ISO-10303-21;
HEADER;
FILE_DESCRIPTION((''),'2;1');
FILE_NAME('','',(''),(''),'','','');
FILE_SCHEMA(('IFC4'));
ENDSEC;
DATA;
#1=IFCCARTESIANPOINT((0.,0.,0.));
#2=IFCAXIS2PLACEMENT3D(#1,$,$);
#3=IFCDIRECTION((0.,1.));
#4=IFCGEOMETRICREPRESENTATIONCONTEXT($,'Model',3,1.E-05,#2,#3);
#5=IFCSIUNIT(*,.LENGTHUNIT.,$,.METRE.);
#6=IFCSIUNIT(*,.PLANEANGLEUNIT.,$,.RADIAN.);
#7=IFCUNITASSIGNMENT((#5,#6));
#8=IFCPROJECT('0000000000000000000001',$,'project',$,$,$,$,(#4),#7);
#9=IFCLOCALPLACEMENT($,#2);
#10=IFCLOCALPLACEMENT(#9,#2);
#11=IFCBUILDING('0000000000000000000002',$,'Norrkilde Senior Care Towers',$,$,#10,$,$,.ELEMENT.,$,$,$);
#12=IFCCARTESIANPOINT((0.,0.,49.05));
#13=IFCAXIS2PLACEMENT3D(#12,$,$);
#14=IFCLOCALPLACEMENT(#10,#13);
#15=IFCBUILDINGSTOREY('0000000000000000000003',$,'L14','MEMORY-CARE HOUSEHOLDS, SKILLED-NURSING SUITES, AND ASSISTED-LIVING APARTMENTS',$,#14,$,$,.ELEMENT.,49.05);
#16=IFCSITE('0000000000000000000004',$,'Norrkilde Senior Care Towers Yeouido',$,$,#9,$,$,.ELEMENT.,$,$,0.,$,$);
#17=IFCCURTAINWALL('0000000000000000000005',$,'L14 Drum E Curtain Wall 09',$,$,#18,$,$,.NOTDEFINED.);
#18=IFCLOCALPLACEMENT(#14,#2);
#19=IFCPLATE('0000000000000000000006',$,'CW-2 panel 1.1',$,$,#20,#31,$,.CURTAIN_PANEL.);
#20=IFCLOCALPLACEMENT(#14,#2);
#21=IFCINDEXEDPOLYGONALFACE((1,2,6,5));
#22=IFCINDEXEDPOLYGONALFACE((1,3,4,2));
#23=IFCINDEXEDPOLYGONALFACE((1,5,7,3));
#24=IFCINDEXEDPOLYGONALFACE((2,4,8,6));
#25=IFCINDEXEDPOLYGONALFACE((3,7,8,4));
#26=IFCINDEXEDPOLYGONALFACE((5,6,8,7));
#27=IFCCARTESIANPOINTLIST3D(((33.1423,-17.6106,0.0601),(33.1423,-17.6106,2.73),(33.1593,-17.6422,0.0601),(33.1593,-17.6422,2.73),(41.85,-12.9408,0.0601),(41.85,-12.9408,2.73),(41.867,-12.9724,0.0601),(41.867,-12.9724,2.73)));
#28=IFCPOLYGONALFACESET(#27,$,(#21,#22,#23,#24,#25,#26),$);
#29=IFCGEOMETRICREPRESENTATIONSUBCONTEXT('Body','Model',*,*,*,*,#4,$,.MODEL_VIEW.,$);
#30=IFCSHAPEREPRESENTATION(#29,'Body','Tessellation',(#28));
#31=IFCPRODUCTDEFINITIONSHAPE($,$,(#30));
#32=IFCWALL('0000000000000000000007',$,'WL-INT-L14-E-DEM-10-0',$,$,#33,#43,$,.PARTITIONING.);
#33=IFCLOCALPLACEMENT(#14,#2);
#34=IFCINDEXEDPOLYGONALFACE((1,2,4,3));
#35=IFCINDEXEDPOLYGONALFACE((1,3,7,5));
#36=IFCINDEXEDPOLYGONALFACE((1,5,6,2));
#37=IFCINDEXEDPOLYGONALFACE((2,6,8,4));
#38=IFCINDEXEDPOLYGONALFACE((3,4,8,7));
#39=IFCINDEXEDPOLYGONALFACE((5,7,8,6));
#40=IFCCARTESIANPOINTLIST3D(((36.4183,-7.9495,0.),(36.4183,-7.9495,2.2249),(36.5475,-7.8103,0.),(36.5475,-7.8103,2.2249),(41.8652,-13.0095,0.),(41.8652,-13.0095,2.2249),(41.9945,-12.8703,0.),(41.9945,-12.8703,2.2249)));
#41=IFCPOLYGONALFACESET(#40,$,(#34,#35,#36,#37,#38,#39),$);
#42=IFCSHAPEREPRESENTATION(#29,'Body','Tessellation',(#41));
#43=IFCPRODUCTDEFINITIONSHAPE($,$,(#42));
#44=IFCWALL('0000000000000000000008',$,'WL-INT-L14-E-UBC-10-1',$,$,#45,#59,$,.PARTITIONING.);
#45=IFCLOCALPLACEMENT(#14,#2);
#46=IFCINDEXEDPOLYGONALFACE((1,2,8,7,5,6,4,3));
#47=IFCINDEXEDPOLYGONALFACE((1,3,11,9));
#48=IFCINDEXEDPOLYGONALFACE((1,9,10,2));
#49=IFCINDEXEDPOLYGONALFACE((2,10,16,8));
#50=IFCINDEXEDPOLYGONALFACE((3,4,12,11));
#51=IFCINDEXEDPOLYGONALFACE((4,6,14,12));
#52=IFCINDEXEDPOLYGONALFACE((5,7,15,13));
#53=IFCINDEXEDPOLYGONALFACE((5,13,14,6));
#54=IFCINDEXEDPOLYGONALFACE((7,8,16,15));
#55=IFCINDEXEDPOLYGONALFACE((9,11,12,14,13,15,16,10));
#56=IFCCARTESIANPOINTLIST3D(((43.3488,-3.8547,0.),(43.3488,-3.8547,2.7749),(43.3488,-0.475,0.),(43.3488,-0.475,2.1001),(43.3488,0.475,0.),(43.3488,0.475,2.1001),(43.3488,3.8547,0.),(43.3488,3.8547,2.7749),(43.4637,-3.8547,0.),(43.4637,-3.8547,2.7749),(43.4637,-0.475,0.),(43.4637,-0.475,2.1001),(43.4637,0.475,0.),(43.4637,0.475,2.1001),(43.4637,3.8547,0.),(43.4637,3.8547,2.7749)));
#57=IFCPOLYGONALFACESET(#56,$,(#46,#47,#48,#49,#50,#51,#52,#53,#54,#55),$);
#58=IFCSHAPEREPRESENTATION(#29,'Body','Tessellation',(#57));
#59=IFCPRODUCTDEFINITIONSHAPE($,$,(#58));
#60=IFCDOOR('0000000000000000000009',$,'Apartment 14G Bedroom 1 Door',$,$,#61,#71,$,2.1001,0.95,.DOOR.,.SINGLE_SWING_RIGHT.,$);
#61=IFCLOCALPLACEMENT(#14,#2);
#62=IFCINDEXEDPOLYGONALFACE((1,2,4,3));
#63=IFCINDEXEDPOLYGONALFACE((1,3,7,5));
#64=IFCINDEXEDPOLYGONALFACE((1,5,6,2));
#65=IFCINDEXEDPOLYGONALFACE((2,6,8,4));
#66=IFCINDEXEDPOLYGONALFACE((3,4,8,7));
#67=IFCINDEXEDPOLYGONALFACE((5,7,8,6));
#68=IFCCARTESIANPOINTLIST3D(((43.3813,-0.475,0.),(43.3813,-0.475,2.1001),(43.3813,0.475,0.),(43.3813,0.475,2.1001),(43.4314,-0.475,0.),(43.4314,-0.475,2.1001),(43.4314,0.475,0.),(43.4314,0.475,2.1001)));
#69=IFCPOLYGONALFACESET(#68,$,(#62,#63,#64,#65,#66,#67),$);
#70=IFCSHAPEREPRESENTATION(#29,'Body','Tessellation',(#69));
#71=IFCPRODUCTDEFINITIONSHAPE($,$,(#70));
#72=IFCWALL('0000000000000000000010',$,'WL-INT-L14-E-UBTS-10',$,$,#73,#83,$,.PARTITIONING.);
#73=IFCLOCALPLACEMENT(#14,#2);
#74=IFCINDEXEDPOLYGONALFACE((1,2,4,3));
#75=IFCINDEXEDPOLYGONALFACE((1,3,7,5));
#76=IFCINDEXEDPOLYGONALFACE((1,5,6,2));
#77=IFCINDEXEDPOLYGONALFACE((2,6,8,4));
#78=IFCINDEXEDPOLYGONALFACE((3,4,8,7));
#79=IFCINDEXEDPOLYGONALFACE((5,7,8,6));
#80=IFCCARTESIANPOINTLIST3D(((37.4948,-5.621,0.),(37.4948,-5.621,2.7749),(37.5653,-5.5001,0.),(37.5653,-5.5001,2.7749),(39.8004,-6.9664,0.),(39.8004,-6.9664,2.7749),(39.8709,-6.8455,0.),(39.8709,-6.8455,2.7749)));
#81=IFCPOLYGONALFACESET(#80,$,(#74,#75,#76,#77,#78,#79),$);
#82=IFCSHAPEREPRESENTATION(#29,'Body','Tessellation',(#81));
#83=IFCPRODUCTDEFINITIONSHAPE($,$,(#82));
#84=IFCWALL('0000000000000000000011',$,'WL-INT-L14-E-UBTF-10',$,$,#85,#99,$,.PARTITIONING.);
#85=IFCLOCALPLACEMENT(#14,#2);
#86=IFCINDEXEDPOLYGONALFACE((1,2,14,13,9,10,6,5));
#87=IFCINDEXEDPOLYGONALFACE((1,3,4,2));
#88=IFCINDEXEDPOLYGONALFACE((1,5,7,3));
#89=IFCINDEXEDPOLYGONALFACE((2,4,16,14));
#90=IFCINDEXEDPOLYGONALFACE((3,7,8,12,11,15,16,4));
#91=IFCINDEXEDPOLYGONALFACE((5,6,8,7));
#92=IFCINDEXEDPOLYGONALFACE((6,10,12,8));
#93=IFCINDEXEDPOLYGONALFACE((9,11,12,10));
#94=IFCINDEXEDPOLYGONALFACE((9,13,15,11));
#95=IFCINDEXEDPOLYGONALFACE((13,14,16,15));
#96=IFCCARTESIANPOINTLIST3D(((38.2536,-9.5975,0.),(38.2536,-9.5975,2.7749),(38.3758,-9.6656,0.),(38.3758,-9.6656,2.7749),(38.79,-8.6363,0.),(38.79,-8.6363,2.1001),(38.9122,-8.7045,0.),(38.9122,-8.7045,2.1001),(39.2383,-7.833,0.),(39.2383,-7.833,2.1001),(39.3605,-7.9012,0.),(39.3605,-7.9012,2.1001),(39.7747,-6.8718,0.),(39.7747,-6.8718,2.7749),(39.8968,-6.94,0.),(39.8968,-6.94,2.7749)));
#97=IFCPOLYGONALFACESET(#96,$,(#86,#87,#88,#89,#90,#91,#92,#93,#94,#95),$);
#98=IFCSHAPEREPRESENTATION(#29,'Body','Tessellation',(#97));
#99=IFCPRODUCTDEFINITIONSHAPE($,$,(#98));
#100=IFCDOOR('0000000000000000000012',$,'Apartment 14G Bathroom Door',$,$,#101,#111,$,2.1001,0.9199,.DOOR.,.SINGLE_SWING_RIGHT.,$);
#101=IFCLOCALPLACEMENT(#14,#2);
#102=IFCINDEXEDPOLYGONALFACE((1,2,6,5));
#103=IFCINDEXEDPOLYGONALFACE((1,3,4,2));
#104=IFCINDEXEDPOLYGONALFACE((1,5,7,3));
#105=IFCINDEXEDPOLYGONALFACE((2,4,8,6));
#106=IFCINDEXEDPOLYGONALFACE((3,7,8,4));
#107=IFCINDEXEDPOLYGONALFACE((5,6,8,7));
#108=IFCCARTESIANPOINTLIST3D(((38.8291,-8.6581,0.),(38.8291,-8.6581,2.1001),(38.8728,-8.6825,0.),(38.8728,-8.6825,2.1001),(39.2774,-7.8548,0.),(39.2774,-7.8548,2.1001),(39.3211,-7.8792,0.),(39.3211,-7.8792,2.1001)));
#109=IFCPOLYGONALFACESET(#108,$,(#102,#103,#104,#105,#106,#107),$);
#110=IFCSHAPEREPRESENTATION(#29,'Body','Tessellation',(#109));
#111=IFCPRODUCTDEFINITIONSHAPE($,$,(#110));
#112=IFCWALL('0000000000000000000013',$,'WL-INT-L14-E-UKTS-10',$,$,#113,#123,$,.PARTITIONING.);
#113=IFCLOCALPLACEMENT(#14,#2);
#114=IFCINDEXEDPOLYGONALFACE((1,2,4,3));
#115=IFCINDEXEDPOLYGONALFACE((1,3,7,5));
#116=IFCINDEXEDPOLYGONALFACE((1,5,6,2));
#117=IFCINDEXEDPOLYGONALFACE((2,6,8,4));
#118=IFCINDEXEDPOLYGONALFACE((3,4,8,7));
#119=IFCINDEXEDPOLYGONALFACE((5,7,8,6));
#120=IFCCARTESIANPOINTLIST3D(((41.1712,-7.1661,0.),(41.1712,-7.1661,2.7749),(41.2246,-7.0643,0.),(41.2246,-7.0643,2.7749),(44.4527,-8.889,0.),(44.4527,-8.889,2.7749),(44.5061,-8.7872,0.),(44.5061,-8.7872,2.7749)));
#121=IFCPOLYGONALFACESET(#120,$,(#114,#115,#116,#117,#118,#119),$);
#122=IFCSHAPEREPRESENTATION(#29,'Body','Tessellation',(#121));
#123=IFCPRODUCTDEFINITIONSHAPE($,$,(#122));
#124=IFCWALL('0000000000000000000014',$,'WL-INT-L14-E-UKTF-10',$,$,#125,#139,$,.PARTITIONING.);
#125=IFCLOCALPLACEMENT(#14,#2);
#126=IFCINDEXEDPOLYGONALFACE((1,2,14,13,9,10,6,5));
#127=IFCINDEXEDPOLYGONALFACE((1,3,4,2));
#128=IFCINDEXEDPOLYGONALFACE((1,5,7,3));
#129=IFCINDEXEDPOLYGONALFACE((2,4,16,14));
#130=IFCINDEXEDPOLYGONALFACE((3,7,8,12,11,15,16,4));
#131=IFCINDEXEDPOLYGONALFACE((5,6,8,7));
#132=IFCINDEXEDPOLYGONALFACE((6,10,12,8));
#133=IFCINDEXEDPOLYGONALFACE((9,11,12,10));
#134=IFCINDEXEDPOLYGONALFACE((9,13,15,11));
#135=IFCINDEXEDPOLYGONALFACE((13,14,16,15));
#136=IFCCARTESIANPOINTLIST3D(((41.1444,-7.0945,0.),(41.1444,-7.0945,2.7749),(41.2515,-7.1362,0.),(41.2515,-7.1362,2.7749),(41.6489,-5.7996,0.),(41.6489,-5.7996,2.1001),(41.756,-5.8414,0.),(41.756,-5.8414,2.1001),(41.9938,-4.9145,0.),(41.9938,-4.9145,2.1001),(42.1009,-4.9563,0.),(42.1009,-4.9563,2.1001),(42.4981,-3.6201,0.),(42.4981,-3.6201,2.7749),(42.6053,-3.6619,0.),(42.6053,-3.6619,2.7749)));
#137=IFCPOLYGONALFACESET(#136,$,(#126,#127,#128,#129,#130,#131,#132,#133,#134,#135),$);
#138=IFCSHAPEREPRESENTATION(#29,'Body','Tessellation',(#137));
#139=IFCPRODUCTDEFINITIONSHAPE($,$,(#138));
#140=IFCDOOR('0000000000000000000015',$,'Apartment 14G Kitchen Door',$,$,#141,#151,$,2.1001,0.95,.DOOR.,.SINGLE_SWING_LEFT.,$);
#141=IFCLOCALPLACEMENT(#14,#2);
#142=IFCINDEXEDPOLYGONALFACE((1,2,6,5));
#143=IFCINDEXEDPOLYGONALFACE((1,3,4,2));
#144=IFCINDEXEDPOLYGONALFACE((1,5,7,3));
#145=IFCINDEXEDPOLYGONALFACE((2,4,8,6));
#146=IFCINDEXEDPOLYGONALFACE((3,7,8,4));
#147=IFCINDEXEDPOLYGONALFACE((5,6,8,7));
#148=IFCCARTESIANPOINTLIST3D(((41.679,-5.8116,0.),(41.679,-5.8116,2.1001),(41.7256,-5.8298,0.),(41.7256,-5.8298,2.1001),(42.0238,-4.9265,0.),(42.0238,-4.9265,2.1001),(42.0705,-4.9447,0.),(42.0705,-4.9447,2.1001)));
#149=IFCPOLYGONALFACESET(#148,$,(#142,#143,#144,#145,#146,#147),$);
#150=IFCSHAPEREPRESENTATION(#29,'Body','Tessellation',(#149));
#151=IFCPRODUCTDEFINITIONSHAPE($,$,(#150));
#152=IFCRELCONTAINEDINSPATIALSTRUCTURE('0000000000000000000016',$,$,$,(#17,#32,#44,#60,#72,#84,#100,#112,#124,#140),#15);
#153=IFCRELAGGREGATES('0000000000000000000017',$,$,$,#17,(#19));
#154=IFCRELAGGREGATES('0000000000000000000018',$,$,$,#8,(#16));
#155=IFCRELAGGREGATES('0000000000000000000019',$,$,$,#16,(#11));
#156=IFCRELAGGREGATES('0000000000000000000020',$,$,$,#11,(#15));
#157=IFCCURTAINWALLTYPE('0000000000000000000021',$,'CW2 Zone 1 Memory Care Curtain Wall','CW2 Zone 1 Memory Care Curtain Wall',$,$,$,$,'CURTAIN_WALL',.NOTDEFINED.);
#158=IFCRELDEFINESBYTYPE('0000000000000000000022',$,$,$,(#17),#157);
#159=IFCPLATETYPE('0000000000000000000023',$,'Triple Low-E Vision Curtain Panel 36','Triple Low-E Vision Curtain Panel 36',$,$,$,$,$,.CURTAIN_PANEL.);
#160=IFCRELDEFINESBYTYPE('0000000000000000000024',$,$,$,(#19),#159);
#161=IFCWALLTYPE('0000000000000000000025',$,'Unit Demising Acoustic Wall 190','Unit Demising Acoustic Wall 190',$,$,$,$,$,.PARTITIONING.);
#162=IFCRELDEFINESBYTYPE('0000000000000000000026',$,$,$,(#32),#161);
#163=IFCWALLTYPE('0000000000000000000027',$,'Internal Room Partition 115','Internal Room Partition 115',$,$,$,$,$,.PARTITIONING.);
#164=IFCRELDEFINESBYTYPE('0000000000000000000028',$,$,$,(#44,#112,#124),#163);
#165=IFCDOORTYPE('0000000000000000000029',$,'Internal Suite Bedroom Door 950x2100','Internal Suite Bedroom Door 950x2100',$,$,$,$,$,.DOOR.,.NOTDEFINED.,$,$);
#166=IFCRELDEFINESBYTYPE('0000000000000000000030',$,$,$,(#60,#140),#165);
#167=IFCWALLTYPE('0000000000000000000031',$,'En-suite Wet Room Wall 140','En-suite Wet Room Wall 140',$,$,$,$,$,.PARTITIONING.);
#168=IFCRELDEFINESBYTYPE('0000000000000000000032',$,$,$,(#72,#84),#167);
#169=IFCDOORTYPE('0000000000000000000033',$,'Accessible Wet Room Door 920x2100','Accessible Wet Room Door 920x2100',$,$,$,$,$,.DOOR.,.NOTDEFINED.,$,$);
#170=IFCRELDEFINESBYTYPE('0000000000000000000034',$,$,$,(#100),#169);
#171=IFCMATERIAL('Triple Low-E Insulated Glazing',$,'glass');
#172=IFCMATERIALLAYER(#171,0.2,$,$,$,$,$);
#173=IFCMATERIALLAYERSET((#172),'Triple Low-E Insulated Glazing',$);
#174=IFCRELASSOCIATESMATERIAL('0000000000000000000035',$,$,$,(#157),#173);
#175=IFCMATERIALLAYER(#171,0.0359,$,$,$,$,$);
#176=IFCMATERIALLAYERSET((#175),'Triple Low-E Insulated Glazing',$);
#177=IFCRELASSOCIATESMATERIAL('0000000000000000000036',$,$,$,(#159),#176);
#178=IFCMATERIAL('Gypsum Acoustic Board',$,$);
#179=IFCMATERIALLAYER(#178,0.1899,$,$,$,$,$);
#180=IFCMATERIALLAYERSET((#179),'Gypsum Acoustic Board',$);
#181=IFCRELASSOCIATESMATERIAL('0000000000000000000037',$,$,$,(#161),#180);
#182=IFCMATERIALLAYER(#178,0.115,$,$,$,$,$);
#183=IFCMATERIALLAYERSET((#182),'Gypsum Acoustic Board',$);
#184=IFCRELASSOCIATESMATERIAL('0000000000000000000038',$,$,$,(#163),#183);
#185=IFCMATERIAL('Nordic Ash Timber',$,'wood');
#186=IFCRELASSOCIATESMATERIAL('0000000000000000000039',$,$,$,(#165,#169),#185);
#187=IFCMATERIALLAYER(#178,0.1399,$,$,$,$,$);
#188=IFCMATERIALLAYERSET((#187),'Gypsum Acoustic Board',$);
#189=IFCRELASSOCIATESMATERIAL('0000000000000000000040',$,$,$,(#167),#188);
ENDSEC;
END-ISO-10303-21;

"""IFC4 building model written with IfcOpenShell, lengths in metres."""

from ifc_helpers import new_model, si_unit, direction, frame, frame_2d, origin, origin_2d, place, context, subcontext, project, spatial, rectangle, extrude, source, transform, mapped, material, layer, layer_set, type_object, type_shapes, element, fill, aggregate, save


model = new_model("IFC4")

# Units and contexts
model_context = context("Model", 3, precision=1e-05, world=origin(), true_north=direction((0.0, 1.0)))
body_context = subcontext(model_context, "Body", "Model", "MODEL_VIEW")
ifc_project = project(units=[si_unit("LENGTHUNIT", "METRE"), si_unit("PLANEANGLEUNIT", "RADIAN")], contexts=[model_context])

# Site, building, storey
site_placement = place(None, origin())
site = spatial("IfcSite", under=ifc_project, at=site_placement, Name="Norrkilde Senior Care Towers Yeouido", CompositionType="ELEMENT", RefElevation=0.0)
building_placement = place(site_placement, origin())
building = spatial("IfcBuilding", under=site, at=building_placement, Name="Norrkilde Senior Care Towers", CompositionType="ELEMENT")
storey_placement = place(building_placement, frame((0.0, 0.0, 49.05)))
storey = spatial("IfcBuildingStorey", under=building, at=storey_placement, Name="L14", Description="MEMORY-CARE HOUSEHOLDS, SKILLED-NURSING SUITES, AND ASSISTED-LIVING APARTMENTS", CompositionType="ELEMENT", Elevation=49.05)

# Curtain wall
ifc_material_1 = material(Name="Triple Low-E Insulated Glazing", Category="glass")
ifc_layer_1 = layer(ifc_material_1, 0.2)
ifc_layer_set_1 = layer_set([ifc_layer_1], Name="Triple Low-E Insulated Glazing")
curtain_wall_type = type_object("IfcCurtainWallType", Name="CW2 Zone 1 Memory Care Curtain Wall", Description="CW2 Zone 1 Memory Care Curtain Wall", ElementType="CURTAIN_WALL", PredefinedType="NOTDEFINED", material=ifc_layer_set_1)
curtain_wall_1_placement = place(storey_placement, origin())
curtain_wall_1 = element("IfcCurtainWall", 1, at=curtain_wall_1_placement, inside=storey, type_object=curtain_wall_type, Name="L14 Drum E Curtain Wall 09", PredefinedType="NOTDEFINED")

# Plate
ifc_layer_2 = layer(ifc_material_1, 0.0359)
ifc_layer_set_2 = layer_set([ifc_layer_2], Name="Triple Low-E Insulated Glazing")
plate_type = type_object("IfcPlateType", Name="Triple Low-E Vision Curtain Panel 36", Description="Triple Low-E Vision Curtain Panel 36", PredefinedType="CURTAIN_PANEL", material=ifc_layer_set_2)
shared_shape_1 = source(origin(), body_context, "Body", "SweptSolid", [
    extrude(rectangle(XDim=9.8809, YDim=0.0359, at=origin_2d()), origin(), (0.0, 0.0, 1.0), 2.6699),
])
plate_1_placement = place(storey_placement, frame((37.5046, -15.2915, 0.0601), z_axis=(0.0, 0.0, 1.0), x_axis=(-0.881273, -0.472608, 0.0)))
plate_1 = element("IfcPlate", 2, at=plate_1_placement, type_object=plate_type, Name="CW-2 panel 1.1", PredefinedType="CURTAIN_PANEL", context=body_context, shape_type="MappedRepresentation", body=[
    mapped(shared_shape_1, transform((0.0, 0.0, 0.0), x_axis=(1.0, 0.0, 0.0), y_axis=(0.0, 1.0, 0.0), z_axis=(0.0, 0.0, 1.0), scale=1.0)),
])
aggregate(curtain_wall_1, [plate_1])

# Shared definitions
ifc_material_2 = material(Name="Gypsum Acoustic Board")
ifc_material_3 = material(Name="Nordic Ash Timber", Category="wood")

# Wall
ifc_layer_3 = layer(ifc_material_2, 0.1899)
ifc_layer_set_3 = layer_set([ifc_layer_3], Name="Gypsum Acoustic Board")
wall_type_1 = type_object("IfcWallType", Name="Unit Demising Acoustic Wall 190", Description="Unit Demising Acoustic Wall 190", PredefinedType="PARTITIONING", material=ifc_layer_set_3)
shared_shape_2 = source(origin(), body_context, "Body", "SweptSolid", [
    extrude(rectangle(XDim=7.4346, YDim=0.1899, at=frame_2d((3.7173, 0.0))), origin(), (0.0, 0.0, 1.0), 2.2249),
])
type_shapes(wall_type_1, [shared_shape_2])
wall_1_placement = place(storey_placement, frame((36.4829, -7.8799, 0.0), z_axis=(0.0, 0.0, 1.0), x_axis=(0.732652, -0.680603, 0.0)))
element("IfcWall", 3, at=wall_1_placement, inside=storey, type_object=wall_type_1, Name="WL-INT-L14-E-DEM-10-0", PredefinedType="PARTITIONING", context=body_context, shape_type="MappedRepresentation", body=[
    mapped(shared_shape_2, transform((0.0, 0.0, 0.0), x_axis=(1.0, 0.0, 0.0), y_axis=(0.0, 1.0, 0.0), z_axis=(0.0, 0.0, 1.0), scale=1.0)),
])

# Wall, opening, door
ifc_layer_4 = layer(ifc_material_2, 0.115)
ifc_layer_set_4 = layer_set([ifc_layer_4], Name="Gypsum Acoustic Board")
wall_type_2 = type_object("IfcWallType", Name="Internal Room Partition 115", Description="Internal Room Partition 115", PredefinedType="PARTITIONING", material=ifc_layer_set_4)
shared_shape_3 = source(origin(), body_context, "Body", "SweptSolid", [
    extrude(rectangle(XDim=7.7095, YDim=0.115, at=frame_2d((3.8547, 0.0))), origin(), (0.0, 0.0, 1.0), 2.7749),
])
wall_2_placement = place(storey_placement, frame((43.4062, -3.8547, 0.0), z_axis=(0.0, 0.0, 1.0), x_axis=(0.0, 1.0, 0.0)))
wall_2 = element("IfcWall", 4, at=wall_2_placement, inside=storey, type_object=wall_type_2, Name="WL-INT-L14-E-UBC-10-1", PredefinedType="PARTITIONING", context=body_context, shape_type="MappedRepresentation", body=[
    mapped(shared_shape_3, transform((0.0, 0.0, 0.0), x_axis=(1.0, 0.0, 0.0), y_axis=(0.0, 1.0, 0.0), z_axis=(0.0, 0.0, 1.0), scale=1.0)),
])
opening_1_placement = place(wall_2_placement, frame((3.3796, 0.0, 0.0)))
opening_1 = element("IfcOpeningElement", 5, at=opening_1_placement, cuts=wall_2, PredefinedType="OPENING", context=body_context, shape_type="SweptSolid", body=[
    extrude(rectangle(XDim=0.95, YDim=2.1001, at=frame_2d((0.4751, 1.05))), frame((0.0, 0.0674, 0.0), z_axis=(0.0, -1.0, 0.0), x_axis=(1.0, 0.0, 0.0)), (0.0, 0.0, 1.0), 0.135),
])
door_type_1 = type_object("IfcDoorType", Name="Internal Suite Bedroom Door 950x2100", Description="Internal Suite Bedroom Door 950x2100", OperationType="NOTDEFINED", PredefinedType="DOOR", material=ifc_material_3)
shared_shape_4 = source(origin(), body_context, "Body", "SweptSolid", [
    extrude(rectangle(XDim=0.95, YDim=2.1001, at=frame_2d((0.4751, 1.05))), frame((0.0, 0.0249, 0.0), z_axis=(0.0, -1.0, 0.0), x_axis=(1.0, 0.0, 0.0)), (0.0, 0.0, 1.0), 0.05),
])
type_shapes(door_type_1, [shared_shape_4])
door_1_placement = place(opening_1_placement, origin())
door_1 = element("IfcDoor", 6, at=door_1_placement, inside=storey, type_object=door_type_1, Name="Apartment 14G Bedroom 1 Door", OperationType="SINGLE_SWING_RIGHT", OverallHeight=2.1001, OverallWidth=0.95, PredefinedType="DOOR", context=body_context, shape_type="MappedRepresentation", body=[
    mapped(shared_shape_4, transform((0.0, 0.0, 0.0), x_axis=(1.0, 0.0, 0.0), y_axis=(0.0, 1.0, 0.0), z_axis=(0.0, 0.0, 1.0), scale=1.0)),
])
fill(opening_1, door_1)

# Wall
ifc_layer_5 = layer(ifc_material_2, 0.1399)
ifc_layer_set_5 = layer_set([ifc_layer_5], Name="Gypsum Acoustic Board")
wall_type_3 = type_object("IfcWallType", Name="En-suite Wet Room Wall 140", Description="En-suite Wet Room Wall 140", PredefinedType="PARTITIONING", material=ifc_layer_set_5)
shared_shape_5 = source(origin(), body_context, "Body", "SweptSolid", [
    extrude(rectangle(XDim=2.6694, YDim=0.1399, at=frame_2d((1.3347, 0.0))), origin(), (0.0, 0.0, 1.0), 2.7749),
])
wall_3_placement = place(storey_placement, frame((37.53, -5.5605, 0.0), z_axis=(0.0, 0.0, 1.0), x_axis=(0.863699, -0.504007, 0.0)))
element("IfcWall", 7, at=wall_3_placement, inside=storey, type_object=wall_type_3, Name="WL-INT-L14-E-UBTS-10", PredefinedType="PARTITIONING", context=body_context, shape_type="MappedRepresentation", body=[
    mapped(shared_shape_5, transform((0.0, 0.0, 0.0), x_axis=(1.0, 0.0, 0.0), y_axis=(0.0, 1.0, 0.0), z_axis=(0.0, 0.0, 1.0), scale=1.0)),
])

# Wall, opening, door
shared_shape_6 = source(origin(), body_context, "Body", "SweptSolid", [
    extrude(rectangle(XDim=3.1213, YDim=0.1399, at=frame_2d((1.5605, 0.0))), origin(), (0.0, 0.0, 1.0), 2.7749),
])
type_shapes(wall_type_3, [shared_shape_5, shared_shape_6])
wall_4_placement = place(storey_placement, frame((39.8357, -6.906, 0.0), z_axis=(0.0, 0.0, 1.0), x_axis=(-0.487302, -0.873233, 0.0)))
wall_4 = element("IfcWall", 8, at=wall_4_placement, inside=storey, type_object=wall_type_3, Name="WL-INT-L14-E-UBTF-10", PredefinedType="PARTITIONING", context=body_context, shape_type="MappedRepresentation", body=[
    mapped(shared_shape_6, transform((0.0, 0.0, 0.0), x_axis=(1.0, 0.0, 0.0), y_axis=(0.0, 1.0, 0.0), z_axis=(0.0, 0.0, 1.0), scale=1.0)),
])
opening_2_placement = place(wall_4_placement, frame((1.1006, 0.0, 0.0)))
opening_2 = element("IfcOpeningElement", 9, at=opening_2_placement, cuts=wall_4, PredefinedType="OPENING", context=body_context, shape_type="SweptSolid", body=[
    extrude(rectangle(XDim=0.9199, YDim=2.1001, at=frame_2d((0.46, 1.05))), frame((0.0, 0.0798, 0.0), z_axis=(0.0, -1.0, 0.0), x_axis=(1.0, 0.0, 0.0)), (0.0, 0.0, 1.0), 0.1599),
])
door_type_2 = type_object("IfcDoorType", Name="Accessible Wet Room Door 920x2100", Description="Accessible Wet Room Door 920x2100", OperationType="NOTDEFINED", PredefinedType="DOOR", material=ifc_material_3)
shared_shape_7 = source(origin(), body_context, "Body", "SweptSolid", [
    extrude(rectangle(XDim=0.9199, YDim=2.1001, at=frame_2d((0.46, 1.05))), frame((0.0, 0.0249, 0.0), z_axis=(0.0, -1.0, 0.0), x_axis=(1.0, 0.0, 0.0)), (0.0, 0.0, 1.0), 0.05),
])
type_shapes(door_type_2, [shared_shape_7])
door_2_placement = place(opening_2_placement, origin())
door_2 = element("IfcDoor", 10, at=door_2_placement, inside=storey, type_object=door_type_2, Name="Apartment 14G Bathroom Door", OperationType="SINGLE_SWING_RIGHT", OverallHeight=2.1001, OverallWidth=0.9199, PredefinedType="DOOR", context=body_context, shape_type="MappedRepresentation", body=[
    mapped(shared_shape_7, transform((0.0, 0.0, 0.0), x_axis=(1.0, 0.0, 0.0), y_axis=(0.0, 1.0, 0.0), z_axis=(0.0, 0.0, 1.0), scale=1.0)),
])
fill(opening_2, door_2)

# Wall
shared_shape_8 = source(origin(), body_context, "Body", "SweptSolid", [
    extrude(rectangle(XDim=3.7063, YDim=0.115, at=frame_2d((1.853, 0.0))), origin(), (0.0, 0.0, 1.0), 2.7749),
])
wall_5_placement = place(storey_placement, frame((41.198, -7.1152, 0.0), z_axis=(0.0, 0.0, 1.0), x_axis=(0.885385, -0.464858, 0.0)))
element("IfcWall", 11, at=wall_5_placement, inside=storey, type_object=wall_type_2, Name="WL-INT-L14-E-UKTS-10", PredefinedType="PARTITIONING", context=body_context, shape_type="MappedRepresentation", body=[
    mapped(shared_shape_8, transform((0.0, 0.0, 0.0), x_axis=(1.0, 0.0, 0.0), y_axis=(0.0, 1.0, 0.0), z_axis=(0.0, 0.0, 1.0), scale=1.0)),
])

# Wall, opening, door
shared_shape_9 = source(origin(), body_context, "Body", "SweptSolid", [
    extrude(rectangle(XDim=3.7288, YDim=0.115, at=frame_2d((1.8643, 0.0))), origin(), (0.0, 0.0, 1.0), 2.7749),
])
type_shapes(wall_type_2, [shared_shape_3, shared_shape_8, shared_shape_9])
wall_6_placement = place(storey_placement, frame((41.198, -7.1152, 0.0), z_axis=(0.0, 0.0, 1.0), x_axis=(0.363056, 0.931767, 0.0)))
wall_6 = element("IfcWall", 12, at=wall_6_placement, inside=storey, type_object=wall_type_2, Name="WL-INT-L14-E-UKTF-10", PredefinedType="PARTITIONING", context=body_context, shape_type="MappedRepresentation", body=[
    mapped(shared_shape_9, transform((0.0, 0.0, 0.0), x_axis=(1.0, 0.0, 0.0), y_axis=(0.0, 1.0, 0.0), z_axis=(0.0, 0.0, 1.0), scale=1.0)),
])
opening_3_placement = place(wall_6_placement, frame((1.3894, 0.0, 0.0)))
opening_3 = element("IfcOpeningElement", 13, at=opening_3_placement, cuts=wall_6, PredefinedType="OPENING", context=body_context, shape_type="SweptSolid", body=[
    extrude(rectangle(XDim=0.95, YDim=2.1001, at=frame_2d((0.4751, 1.05))), frame((0.0, 0.0674, 0.0), z_axis=(0.0, -1.0, 0.0), x_axis=(1.0, 0.0, 0.0)), (0.0, 0.0, 1.0), 0.135),
])
door_3_placement = place(opening_3_placement, frame((0.95, 0.0, 0.0), z_axis=(0.0, 0.0, 1.0), x_axis=(-1.0, 0.0, 0.0)))
door_3 = element("IfcDoor", 14, at=door_3_placement, inside=storey, type_object=door_type_1, Name="Apartment 14G Kitchen Door", OperationType="SINGLE_SWING_LEFT", OverallHeight=2.1001, OverallWidth=0.95, PredefinedType="DOOR", context=body_context, shape_type="MappedRepresentation", body=[
    mapped(shared_shape_4, transform((0.0, 0.0, 0.0), x_axis=(1.0, 0.0, 0.0), y_axis=(0.0, 1.0, 0.0), z_axis=(0.0, 0.0, 1.0), scale=1.0)),
])
fill(opening_3, door_3)

save(model, "model.ifc")
